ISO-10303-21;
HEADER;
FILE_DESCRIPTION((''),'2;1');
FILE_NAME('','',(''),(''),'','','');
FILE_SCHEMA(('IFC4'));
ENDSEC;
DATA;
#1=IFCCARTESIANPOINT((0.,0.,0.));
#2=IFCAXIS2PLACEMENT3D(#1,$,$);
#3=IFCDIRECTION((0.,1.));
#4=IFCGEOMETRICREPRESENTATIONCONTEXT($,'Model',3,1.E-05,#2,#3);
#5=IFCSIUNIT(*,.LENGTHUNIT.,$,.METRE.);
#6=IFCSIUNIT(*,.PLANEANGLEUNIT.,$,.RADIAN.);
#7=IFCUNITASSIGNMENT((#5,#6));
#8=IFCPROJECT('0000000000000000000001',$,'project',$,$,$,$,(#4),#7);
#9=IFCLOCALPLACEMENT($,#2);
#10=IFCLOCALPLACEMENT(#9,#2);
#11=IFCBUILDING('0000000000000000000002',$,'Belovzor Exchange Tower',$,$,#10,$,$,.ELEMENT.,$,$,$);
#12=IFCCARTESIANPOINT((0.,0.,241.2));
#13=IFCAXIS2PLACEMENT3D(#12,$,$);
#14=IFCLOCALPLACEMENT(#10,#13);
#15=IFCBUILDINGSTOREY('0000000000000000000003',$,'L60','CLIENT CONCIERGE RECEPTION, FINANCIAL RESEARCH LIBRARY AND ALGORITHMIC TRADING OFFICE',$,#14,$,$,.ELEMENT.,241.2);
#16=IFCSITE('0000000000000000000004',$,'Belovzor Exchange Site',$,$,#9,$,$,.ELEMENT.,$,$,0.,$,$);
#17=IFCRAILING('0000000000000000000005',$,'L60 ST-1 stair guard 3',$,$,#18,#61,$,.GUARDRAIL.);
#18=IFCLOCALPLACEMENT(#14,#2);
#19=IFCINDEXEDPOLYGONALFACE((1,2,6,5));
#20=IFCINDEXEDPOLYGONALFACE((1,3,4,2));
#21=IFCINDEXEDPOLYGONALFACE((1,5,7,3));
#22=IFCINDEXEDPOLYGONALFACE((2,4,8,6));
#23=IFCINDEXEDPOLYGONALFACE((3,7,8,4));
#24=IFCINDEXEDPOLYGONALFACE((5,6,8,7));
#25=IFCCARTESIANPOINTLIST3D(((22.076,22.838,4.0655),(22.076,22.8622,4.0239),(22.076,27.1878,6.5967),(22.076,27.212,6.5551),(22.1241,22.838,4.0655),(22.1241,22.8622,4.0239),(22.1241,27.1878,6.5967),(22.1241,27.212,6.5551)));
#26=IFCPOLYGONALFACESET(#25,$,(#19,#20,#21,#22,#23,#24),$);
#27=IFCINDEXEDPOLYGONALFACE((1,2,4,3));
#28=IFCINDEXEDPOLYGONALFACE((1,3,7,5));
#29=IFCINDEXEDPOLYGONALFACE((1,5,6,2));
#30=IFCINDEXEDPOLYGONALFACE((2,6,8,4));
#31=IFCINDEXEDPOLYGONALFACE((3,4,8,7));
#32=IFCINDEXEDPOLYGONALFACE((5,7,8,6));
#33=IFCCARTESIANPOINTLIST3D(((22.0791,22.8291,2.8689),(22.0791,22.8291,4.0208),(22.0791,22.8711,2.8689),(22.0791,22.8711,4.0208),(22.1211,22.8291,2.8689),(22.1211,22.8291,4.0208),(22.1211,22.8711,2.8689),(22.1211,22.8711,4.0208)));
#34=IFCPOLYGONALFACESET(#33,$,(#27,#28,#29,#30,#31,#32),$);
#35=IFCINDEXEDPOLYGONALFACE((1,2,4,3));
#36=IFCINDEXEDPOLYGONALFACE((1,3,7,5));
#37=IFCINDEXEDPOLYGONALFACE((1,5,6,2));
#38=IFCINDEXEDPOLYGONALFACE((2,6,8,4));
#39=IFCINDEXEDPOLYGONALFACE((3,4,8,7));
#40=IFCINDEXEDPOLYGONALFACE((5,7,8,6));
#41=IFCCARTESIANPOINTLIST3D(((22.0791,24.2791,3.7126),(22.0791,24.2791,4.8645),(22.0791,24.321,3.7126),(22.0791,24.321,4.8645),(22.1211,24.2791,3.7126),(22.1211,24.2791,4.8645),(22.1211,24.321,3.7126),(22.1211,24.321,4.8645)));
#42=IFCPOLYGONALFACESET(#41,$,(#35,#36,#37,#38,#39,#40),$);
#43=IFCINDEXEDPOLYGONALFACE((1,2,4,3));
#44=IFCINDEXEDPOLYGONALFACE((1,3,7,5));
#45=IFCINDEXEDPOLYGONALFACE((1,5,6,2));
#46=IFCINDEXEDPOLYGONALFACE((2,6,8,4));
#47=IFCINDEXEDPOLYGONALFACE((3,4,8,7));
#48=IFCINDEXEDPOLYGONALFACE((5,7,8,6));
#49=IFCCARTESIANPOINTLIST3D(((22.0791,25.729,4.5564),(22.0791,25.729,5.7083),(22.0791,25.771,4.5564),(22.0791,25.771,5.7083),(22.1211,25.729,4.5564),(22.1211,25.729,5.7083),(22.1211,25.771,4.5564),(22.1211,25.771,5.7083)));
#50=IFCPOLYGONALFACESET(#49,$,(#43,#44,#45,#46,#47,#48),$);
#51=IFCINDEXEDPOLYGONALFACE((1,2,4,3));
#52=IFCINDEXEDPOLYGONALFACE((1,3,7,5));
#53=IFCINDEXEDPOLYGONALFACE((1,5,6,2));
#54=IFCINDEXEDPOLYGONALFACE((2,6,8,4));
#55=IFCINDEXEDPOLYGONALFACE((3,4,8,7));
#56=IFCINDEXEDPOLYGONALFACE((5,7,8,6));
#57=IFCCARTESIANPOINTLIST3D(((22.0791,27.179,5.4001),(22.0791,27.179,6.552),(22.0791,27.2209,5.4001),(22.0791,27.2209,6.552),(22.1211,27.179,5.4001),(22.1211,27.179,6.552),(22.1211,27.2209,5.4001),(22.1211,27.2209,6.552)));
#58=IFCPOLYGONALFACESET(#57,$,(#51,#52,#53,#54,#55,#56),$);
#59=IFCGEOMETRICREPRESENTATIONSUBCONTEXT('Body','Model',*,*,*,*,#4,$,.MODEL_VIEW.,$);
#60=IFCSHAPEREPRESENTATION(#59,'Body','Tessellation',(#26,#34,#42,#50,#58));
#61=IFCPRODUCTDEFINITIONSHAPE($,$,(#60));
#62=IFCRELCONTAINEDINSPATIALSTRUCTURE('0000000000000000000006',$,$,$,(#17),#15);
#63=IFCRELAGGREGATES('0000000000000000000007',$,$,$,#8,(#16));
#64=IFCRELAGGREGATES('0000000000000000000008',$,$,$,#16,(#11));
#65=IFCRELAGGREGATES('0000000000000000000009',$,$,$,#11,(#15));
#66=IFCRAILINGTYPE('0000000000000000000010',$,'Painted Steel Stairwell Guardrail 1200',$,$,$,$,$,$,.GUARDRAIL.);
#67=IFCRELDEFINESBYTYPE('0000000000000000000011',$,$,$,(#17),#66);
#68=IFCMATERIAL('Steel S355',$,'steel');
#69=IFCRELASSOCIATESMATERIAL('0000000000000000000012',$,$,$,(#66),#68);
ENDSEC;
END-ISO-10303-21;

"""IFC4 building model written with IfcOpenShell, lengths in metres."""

from ifc_helpers import new_model, si_unit, direction, frame, origin, origin_2d, place, context, subcontext, project, spatial, rectangle, extrude, material, type_object, element, save


model = new_model("IFC4")

# Units and contexts
model_context = context("Model", 3, precision=1e-05, world=origin(), true_north=direction((0.0, 1.0)))
body_context = subcontext(model_context, "Body", "Model", "MODEL_VIEW")
ifc_project = project(units=[si_unit("LENGTHUNIT", "METRE"), si_unit("PLANEANGLEUNIT", "RADIAN")], contexts=[model_context])

# Site, building, storey
site_placement = place(None, origin())
site = spatial("IfcSite", under=ifc_project, at=site_placement, Name="Belovzor Exchange Site", CompositionType="ELEMENT", RefElevation=0.0)
building_placement = place(site_placement, origin())
building = spatial("IfcBuilding", under=site, at=building_placement, Name="Belovzor Exchange Tower", CompositionType="ELEMENT")
storey_placement = place(building_placement, frame((0.0, 0.0, 241.2)))
storey = spatial("IfcBuildingStorey", under=building, at=storey_placement, Name="L60", Description="CLIENT CONCIERGE RECEPTION, FINANCIAL RESEARCH LIBRARY AND ALGORITHMIC TRADING OFFICE", CompositionType="ELEMENT", Elevation=241.2)

# Railing
ifc_material_1 = material(Name="Steel S355", Category="steel")
railing_type_1 = type_object("IfcRailingType", Name="Painted Steel Stairwell Guardrail 1200", PredefinedType="GUARDRAIL", material=ifc_material_1)
railing_1_placement = place(storey_placement, frame((22.1001, 22.8501, 2.8689)))
element("IfcRailing", 1, at=railing_1_placement, inside=storey, type_object=railing_type_1, Name="L60 ST-1 stair guard 3", PredefinedType="GUARDRAIL", context=body_context, shape_type="SweptSolid", body=[
    extrude(rectangle(XDim=0.0481, YDim=0.0481, at=origin_2d()), frame((0.0, 0.0, 1.1758), z_axis=(0.0, 0.864312, 0.502957), x_axis=(-1.0, 0.0, 0.0)), (0.0, 0.0, 1.0), 5.0327),
    extrude(rectangle(XDim=0.042, YDim=0.042, at=origin_2d()), origin(), (0.0, 0.0, 1.0), 1.1519),
    extrude(rectangle(XDim=0.042, YDim=0.042, at=origin_2d()), frame((0.0, 1.45, 0.8438)), (0.0, 0.0, 1.0), 1.1519),
    extrude(rectangle(XDim=0.042, YDim=0.042, at=origin_2d()), frame((0.0, 2.8999, 1.6875)), (0.0, 0.0, 1.0), 1.1519),
    extrude(rectangle(XDim=0.042, YDim=0.042, at=origin_2d()), frame((0.0, 4.3499, 2.5312)), (0.0, 0.0, 1.0), 1.1519),
])

save(model, "model.ifc")
